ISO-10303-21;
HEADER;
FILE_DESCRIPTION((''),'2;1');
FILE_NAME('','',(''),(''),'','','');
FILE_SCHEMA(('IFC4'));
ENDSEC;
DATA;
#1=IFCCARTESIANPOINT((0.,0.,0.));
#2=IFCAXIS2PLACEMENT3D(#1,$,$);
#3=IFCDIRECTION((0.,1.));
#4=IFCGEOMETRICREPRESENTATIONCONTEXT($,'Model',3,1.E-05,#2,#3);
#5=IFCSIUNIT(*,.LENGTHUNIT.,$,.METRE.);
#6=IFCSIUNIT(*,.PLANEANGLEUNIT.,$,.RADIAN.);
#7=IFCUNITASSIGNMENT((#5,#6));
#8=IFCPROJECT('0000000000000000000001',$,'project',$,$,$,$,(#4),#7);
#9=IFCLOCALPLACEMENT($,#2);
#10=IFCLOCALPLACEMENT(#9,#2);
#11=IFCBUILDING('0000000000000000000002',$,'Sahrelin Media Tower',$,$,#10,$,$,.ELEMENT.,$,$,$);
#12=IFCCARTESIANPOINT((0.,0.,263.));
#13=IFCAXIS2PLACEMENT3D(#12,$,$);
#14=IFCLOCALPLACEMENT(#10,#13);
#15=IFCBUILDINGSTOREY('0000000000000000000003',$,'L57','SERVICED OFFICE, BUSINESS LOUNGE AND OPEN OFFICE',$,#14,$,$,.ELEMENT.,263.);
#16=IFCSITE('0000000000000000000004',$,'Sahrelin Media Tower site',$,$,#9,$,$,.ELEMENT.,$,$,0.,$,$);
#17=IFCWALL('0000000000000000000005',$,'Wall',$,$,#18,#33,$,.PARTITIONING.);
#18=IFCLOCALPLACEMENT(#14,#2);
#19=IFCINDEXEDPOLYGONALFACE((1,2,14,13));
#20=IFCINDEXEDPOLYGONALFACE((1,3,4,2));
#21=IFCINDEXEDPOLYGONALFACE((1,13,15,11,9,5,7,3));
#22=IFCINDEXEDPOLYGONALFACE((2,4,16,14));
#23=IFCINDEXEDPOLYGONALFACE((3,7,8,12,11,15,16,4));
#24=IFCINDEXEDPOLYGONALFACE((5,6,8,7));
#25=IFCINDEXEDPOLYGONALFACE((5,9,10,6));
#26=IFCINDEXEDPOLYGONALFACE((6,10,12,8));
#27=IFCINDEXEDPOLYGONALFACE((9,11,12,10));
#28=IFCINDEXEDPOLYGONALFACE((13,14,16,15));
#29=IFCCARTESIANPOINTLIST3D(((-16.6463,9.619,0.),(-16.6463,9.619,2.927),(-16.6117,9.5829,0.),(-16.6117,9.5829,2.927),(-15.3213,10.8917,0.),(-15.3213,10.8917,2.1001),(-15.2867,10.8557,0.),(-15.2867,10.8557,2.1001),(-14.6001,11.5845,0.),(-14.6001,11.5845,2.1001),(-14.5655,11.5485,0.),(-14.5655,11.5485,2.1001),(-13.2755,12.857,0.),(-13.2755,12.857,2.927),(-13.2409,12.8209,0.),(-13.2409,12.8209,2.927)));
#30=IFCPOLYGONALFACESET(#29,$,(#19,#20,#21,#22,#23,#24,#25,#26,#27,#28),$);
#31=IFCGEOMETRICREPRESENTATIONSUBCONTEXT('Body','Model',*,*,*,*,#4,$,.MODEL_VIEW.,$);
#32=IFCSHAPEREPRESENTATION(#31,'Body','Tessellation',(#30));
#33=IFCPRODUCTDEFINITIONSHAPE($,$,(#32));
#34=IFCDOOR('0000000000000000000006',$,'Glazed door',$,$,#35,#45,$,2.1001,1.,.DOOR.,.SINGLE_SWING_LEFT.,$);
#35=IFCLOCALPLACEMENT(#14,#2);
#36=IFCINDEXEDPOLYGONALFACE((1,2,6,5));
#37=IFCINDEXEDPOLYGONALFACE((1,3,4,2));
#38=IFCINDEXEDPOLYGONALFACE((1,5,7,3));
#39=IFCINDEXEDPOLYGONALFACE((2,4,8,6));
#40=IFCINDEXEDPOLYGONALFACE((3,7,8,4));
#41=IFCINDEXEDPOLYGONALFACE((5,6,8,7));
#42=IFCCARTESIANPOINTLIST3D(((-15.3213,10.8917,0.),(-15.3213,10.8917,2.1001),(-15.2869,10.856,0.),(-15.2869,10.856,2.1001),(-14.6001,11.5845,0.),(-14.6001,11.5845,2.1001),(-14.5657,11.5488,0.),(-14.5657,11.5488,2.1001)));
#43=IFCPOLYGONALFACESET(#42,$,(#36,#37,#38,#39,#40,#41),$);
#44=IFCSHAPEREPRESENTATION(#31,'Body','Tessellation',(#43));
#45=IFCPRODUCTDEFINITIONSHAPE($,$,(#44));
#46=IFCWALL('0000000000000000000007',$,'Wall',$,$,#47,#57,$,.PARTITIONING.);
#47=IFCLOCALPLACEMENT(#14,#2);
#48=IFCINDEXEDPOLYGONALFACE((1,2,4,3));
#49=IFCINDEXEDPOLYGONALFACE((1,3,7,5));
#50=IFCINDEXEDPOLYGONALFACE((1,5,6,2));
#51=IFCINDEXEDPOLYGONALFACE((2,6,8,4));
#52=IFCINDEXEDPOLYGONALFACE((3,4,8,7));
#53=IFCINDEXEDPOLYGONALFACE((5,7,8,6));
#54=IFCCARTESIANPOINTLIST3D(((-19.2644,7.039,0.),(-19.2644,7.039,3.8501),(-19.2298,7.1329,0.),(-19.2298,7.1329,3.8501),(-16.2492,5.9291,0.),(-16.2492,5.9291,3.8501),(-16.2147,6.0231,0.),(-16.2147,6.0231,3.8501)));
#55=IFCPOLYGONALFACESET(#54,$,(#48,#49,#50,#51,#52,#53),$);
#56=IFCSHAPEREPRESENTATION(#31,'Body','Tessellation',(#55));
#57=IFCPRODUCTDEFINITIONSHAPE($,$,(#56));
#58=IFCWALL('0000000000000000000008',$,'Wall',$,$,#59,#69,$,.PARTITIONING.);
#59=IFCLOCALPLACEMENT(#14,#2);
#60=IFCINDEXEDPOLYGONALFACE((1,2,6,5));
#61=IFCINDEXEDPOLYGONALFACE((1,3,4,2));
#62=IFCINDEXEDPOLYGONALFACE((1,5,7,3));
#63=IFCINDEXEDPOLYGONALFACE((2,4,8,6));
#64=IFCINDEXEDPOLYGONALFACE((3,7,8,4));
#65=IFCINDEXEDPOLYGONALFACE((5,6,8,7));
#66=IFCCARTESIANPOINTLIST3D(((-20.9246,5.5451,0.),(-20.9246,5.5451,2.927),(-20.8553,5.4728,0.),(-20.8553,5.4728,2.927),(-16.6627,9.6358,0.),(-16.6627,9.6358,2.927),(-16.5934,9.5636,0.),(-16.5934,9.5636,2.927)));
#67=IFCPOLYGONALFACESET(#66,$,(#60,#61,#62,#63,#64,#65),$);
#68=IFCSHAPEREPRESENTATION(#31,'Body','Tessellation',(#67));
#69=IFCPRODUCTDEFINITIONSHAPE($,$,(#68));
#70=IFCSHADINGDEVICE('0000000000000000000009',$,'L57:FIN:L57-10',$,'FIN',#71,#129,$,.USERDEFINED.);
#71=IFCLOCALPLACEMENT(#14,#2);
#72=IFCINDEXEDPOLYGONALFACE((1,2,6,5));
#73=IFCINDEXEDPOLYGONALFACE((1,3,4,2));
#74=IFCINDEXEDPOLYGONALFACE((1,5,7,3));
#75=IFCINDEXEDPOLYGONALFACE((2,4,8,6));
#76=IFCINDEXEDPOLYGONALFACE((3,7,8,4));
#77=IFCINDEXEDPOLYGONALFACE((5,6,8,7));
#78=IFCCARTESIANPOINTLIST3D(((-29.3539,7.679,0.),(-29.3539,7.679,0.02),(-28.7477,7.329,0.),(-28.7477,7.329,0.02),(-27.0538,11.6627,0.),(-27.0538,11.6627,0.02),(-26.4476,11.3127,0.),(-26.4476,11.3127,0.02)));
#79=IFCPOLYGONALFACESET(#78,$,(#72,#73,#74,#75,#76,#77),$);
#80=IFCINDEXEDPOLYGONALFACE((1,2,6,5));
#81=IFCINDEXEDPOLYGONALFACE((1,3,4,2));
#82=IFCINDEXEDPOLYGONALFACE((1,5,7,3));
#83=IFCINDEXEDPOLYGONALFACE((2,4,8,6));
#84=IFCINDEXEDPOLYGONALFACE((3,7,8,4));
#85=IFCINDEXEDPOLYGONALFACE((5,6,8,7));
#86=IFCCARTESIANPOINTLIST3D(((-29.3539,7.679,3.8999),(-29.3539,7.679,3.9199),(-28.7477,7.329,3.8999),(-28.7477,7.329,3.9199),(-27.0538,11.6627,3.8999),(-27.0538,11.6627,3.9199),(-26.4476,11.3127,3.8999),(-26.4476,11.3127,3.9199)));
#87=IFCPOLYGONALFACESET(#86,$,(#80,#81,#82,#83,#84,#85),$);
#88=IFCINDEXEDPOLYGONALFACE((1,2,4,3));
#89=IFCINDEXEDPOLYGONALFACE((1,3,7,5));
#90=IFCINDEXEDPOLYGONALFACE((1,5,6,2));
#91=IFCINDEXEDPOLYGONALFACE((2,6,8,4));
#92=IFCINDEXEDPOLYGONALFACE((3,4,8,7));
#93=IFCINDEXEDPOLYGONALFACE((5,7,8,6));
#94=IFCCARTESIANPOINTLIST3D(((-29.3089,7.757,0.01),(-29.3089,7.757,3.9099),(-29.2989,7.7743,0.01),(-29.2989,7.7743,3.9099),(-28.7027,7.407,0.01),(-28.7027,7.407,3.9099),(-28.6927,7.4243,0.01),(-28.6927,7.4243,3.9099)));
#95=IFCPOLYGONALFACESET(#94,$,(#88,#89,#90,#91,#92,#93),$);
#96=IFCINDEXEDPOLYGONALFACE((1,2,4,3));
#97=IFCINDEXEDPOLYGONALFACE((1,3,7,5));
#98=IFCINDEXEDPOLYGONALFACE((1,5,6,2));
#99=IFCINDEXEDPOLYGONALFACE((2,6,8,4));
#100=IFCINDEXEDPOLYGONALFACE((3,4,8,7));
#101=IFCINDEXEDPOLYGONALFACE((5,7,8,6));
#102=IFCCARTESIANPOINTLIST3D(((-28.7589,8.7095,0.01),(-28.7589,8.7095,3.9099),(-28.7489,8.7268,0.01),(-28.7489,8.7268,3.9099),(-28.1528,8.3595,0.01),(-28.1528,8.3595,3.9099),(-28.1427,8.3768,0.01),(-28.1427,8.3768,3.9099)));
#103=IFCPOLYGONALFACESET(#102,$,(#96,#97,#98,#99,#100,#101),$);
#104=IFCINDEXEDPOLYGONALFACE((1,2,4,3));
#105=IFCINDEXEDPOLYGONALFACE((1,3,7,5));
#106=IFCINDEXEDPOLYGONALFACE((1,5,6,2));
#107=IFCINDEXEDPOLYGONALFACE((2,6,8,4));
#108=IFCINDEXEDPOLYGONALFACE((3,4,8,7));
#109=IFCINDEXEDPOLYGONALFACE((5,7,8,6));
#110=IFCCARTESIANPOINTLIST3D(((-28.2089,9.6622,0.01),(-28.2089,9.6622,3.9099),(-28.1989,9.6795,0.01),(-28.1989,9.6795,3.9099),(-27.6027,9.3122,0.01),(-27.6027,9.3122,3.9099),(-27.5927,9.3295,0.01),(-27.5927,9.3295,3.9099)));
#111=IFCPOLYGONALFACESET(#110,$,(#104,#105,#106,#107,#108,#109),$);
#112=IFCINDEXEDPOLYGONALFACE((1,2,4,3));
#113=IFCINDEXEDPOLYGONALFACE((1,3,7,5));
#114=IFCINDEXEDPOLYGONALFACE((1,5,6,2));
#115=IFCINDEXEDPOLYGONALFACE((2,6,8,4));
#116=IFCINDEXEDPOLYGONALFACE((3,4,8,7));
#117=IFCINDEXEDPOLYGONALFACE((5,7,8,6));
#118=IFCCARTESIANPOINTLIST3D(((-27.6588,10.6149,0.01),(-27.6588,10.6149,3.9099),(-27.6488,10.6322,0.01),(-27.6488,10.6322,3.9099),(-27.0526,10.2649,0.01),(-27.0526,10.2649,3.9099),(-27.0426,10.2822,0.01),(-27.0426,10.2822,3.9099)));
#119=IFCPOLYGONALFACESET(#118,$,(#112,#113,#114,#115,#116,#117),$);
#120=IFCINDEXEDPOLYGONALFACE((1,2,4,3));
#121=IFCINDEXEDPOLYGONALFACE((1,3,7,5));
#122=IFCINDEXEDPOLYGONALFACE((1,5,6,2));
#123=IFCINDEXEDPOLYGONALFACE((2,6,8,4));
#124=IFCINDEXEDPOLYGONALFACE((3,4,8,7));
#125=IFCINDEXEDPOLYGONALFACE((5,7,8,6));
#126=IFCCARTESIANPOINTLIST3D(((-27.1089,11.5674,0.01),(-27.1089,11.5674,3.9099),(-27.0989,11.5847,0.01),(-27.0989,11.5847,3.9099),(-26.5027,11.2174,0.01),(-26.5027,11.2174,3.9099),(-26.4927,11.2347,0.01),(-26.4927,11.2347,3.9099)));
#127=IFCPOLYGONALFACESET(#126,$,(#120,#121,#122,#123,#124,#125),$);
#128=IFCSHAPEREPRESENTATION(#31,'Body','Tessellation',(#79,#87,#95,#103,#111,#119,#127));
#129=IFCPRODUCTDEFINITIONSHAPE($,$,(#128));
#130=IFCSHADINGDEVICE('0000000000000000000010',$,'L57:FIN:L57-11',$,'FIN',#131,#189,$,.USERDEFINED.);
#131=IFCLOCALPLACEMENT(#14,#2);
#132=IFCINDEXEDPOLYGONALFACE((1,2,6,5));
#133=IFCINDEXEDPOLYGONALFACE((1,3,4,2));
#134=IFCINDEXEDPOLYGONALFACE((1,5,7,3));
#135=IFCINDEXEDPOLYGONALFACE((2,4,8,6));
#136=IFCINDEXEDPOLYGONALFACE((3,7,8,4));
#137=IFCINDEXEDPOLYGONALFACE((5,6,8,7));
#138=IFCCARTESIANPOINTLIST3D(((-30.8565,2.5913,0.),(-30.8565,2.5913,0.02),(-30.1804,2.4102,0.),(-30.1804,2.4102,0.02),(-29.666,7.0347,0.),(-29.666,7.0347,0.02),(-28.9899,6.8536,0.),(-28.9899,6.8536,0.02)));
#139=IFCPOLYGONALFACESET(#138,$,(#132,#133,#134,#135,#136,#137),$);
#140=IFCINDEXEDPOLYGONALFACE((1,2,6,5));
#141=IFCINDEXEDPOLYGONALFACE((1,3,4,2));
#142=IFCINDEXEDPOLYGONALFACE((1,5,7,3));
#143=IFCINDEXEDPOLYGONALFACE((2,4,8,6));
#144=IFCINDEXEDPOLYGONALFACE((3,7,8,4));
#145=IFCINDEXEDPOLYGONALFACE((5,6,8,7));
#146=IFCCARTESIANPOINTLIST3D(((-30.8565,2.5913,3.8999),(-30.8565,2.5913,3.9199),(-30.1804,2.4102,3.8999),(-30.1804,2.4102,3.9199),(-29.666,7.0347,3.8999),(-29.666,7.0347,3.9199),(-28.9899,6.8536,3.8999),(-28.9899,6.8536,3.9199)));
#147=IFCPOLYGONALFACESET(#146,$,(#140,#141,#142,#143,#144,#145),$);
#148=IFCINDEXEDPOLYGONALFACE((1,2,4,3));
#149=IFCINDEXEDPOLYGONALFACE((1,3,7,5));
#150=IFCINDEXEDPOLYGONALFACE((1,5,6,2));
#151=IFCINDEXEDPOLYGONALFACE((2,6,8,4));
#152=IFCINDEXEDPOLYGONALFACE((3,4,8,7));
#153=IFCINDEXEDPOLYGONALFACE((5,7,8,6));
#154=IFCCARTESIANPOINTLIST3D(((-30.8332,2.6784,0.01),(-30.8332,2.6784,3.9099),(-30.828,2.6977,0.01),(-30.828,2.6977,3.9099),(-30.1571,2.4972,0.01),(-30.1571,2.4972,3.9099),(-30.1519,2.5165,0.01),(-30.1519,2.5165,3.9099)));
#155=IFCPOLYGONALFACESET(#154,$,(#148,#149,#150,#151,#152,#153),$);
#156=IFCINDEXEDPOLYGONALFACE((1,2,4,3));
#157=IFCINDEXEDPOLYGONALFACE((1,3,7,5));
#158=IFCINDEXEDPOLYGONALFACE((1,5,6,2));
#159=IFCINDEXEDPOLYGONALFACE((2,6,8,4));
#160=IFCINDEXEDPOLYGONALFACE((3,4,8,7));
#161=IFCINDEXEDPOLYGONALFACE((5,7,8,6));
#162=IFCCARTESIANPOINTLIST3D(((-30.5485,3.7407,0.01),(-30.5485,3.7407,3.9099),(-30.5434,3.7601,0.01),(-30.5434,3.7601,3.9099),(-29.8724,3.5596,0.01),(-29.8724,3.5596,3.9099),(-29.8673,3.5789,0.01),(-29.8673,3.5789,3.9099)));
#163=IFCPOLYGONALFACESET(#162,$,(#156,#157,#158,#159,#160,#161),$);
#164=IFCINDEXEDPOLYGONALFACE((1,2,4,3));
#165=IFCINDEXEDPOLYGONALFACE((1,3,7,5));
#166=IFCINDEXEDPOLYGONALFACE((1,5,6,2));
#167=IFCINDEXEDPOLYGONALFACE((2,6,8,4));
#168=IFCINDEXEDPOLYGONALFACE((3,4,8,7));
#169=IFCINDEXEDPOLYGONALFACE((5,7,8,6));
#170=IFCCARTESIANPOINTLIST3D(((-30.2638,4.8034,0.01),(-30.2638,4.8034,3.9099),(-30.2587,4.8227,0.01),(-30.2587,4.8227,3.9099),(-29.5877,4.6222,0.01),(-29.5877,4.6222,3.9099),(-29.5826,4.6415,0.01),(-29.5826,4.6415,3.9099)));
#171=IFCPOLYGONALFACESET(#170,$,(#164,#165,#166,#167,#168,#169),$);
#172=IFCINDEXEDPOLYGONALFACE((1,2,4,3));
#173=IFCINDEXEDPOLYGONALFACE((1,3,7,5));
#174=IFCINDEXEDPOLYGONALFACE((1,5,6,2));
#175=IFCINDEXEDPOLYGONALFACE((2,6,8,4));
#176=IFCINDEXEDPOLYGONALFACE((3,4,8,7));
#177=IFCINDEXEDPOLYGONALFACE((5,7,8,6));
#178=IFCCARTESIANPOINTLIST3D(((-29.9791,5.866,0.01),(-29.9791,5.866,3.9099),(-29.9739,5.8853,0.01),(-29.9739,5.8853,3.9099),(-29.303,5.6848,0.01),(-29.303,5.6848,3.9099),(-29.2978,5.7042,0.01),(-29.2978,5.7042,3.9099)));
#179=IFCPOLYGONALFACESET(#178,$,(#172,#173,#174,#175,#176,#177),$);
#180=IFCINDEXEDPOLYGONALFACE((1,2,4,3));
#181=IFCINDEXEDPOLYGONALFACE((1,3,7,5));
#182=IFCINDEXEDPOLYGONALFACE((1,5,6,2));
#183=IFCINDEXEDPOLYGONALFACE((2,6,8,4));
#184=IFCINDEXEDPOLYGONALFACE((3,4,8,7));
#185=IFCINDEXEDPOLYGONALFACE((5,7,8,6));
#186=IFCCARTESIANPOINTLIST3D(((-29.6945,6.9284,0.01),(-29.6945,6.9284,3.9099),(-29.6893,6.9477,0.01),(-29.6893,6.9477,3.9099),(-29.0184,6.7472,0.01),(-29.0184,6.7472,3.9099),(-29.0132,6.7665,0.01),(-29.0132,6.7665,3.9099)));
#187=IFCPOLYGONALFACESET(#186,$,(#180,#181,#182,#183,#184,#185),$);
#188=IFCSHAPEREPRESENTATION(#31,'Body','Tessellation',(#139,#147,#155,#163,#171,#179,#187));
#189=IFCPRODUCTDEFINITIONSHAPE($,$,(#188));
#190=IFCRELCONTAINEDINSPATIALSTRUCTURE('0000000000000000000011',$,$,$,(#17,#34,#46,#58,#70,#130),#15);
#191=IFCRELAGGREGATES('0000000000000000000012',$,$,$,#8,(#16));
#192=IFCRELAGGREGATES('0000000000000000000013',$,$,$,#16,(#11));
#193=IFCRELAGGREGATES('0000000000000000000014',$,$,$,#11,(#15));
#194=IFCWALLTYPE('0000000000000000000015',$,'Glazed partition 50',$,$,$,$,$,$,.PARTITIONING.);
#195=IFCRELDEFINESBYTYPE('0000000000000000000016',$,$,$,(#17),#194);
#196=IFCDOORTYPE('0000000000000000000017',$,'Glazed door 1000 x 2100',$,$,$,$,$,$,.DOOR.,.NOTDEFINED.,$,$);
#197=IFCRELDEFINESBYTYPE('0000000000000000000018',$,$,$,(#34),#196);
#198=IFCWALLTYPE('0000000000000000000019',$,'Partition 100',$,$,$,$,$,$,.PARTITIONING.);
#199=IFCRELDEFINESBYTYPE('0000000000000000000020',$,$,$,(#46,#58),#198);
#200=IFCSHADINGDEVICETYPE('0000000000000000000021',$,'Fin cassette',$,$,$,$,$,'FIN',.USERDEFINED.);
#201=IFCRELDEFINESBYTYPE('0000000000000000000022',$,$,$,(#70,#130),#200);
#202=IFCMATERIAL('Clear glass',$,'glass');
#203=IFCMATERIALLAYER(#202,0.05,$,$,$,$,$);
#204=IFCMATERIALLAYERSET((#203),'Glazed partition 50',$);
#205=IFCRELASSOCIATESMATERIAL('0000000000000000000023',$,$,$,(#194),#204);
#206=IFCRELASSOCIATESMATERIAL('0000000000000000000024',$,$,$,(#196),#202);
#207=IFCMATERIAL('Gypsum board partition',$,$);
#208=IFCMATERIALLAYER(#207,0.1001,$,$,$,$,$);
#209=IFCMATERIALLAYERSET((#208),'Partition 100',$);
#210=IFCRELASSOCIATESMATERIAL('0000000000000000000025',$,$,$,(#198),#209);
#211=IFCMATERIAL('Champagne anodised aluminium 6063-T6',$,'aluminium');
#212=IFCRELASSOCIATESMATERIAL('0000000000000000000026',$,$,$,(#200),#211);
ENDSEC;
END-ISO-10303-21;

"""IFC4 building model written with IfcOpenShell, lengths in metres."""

from ifc_helpers import new_model, si_unit, direction, frame, frame_2d, origin, origin_2d, place, context, subcontext, project, spatial, rectangle, extrude, material, layer, layer_set, type_object, element, fill, save


model = new_model("IFC4")

# Units and contexts
model_context = context("Model", 3, precision=1e-05, world=origin(), true_north=direction((0.0, 1.0)))
body_context = subcontext(model_context, "Body", "Model", "MODEL_VIEW")
ifc_project = project(units=[si_unit("LENGTHUNIT", "METRE"), si_unit("PLANEANGLEUNIT", "RADIAN")], contexts=[model_context])

# Site, building, storey
site_placement = place(None, origin())
site = spatial("IfcSite", under=ifc_project, at=site_placement, Name="Sahrelin Media Tower site", CompositionType="ELEMENT", RefElevation=0.0)
building_placement = place(site_placement, origin())
building = spatial("IfcBuilding", under=site, at=building_placement, Name="Sahrelin Media Tower", CompositionType="ELEMENT")
storey_placement = place(building_placement, frame((0.0, 0.0, 263.0)))
storey = spatial("IfcBuildingStorey", under=building, at=storey_placement, Name="L57", Description="SERVICED OFFICE, BUSINESS LOUNGE AND OPEN OFFICE", CompositionType="ELEMENT", Elevation=263.0)

# Shared definitions
ifc_material_1 = material(Name="Champagne anodised aluminium 6063-T6", Category="aluminium")

# Wall, opening, door
ifc_material_2 = material(Name="Clear glass", Category="glass")
ifc_layer_1 = layer(ifc_material_2, 0.05)
ifc_layer_set_1 = layer_set([ifc_layer_1], Name="Glazed partition 50")
wall_type_1 = type_object("IfcWallType", Name="Glazed partition 50", PredefinedType="PARTITIONING", material=ifc_layer_set_1)
wall_1_placement = place(storey_placement, frame((-16.6289, 9.6011, 0.0), z_axis=(0.0, 0.0, 1.0), x_axis=(0.721171, 0.692757, 0.0)))
wall_1 = element("IfcWall", 1, at=wall_1_placement, inside=storey, type_object=wall_type_1, Name="Wall", PredefinedType="PARTITIONING", context=body_context, shape_type="SweptSolid", body=[
    extrude(rectangle(XDim=4.6741, YDim=0.05, at=frame_2d((2.3369, 0.0))), origin(), (0.0, 0.0, 1.0), 2.927),
])
opening_1_placement = place(wall_1_placement, frame((1.8372, 0.0, 0.0)))
opening_1 = element("IfcOpeningElement", 2, at=opening_1_placement, cuts=wall_1, PredefinedType="OPENING", context=body_context, shape_type="SweptSolid", body=[
    extrude(rectangle(XDim=1.0, YDim=2.1001, at=frame_2d((0.5, 1.05))), frame((0.0, 0.0249, 0.0), z_axis=(0.0, -1.0, 0.0), x_axis=(1.0, 0.0, 0.0)), (0.0, 0.0, 1.0), 0.05),
])
door_type_1 = type_object("IfcDoorType", Name="Glazed door 1000 x 2100", OperationType="NOTDEFINED", PredefinedType="DOOR", material=ifc_material_2)
door_1_placement = place(opening_1_placement, origin())
door_1 = element("IfcDoor", 3, at=door_1_placement, inside=storey, type_object=door_type_1, Name="Glazed door", OperationType="SINGLE_SWING_LEFT", OverallHeight=2.1001, OverallWidth=1.0, PredefinedType="DOOR", context=body_context, shape_type="SweptSolid", body=[
    extrude(rectangle(XDim=1.0, YDim=2.1001, at=frame_2d((0.5, 1.05))), frame((0.0, 0.0249, 0.0), z_axis=(0.0, -1.0, 0.0), x_axis=(1.0, 0.0, 0.0)), (0.0, 0.0, 1.0), 0.0496),
])
fill(opening_1, door_1)

# Walls
ifc_material_3 = material(Name="Gypsum board partition")
ifc_layer_2 = layer(ifc_material_3, 0.1001)
ifc_layer_set_2 = layer_set([ifc_layer_2], Name="Partition 100")
wall_type_2 = type_object("IfcWallType", Name="Partition 100", PredefinedType="PARTITIONING", material=ifc_layer_set_2)
wall_2_placement = place(storey_placement, frame((-19.2471, 7.0859, 0.0), z_axis=(0.0, 0.0, 1.0), x_axis=(0.938442, -0.345438, 0.0)))
element("IfcWall", 4, at=wall_2_placement, inside=storey, type_object=wall_type_2, Name="Wall", PredefinedType="PARTITIONING", context=body_context, shape_type="SweptSolid", body=[
    extrude(rectangle(XDim=3.2129, YDim=0.1001, at=frame_2d((1.6064, 0.0))), origin(), (0.0, 0.0, 1.0), 3.8501),
])
wall_3_placement = place(storey_placement, frame((-20.8899, 5.509, 0.0), z_axis=(0.0, 0.0, 1.0), x_axis=(0.721443, 0.692473, 0.0)))
element("IfcWall", 5, at=wall_3_placement, inside=storey, type_object=wall_type_2, Name="Wall", PredefinedType="PARTITIONING", context=body_context, shape_type="SweptSolid", body=[
    extrude(rectangle(XDim=5.9075, YDim=0.1001, at=frame_2d((2.9536, 0.0))), origin(), (0.0, 0.0, 1.0), 2.927),
])

# Shading devices
shading_device_type_1 = type_object("IfcShadingDeviceType", Name="Fin cassette", ElementType="FIN", PredefinedType="USERDEFINED", material=ifc_material_1)
placement_1 = place(storey_placement, frame((-27.5371, 9.2859, 0.0), z_axis=(0.0, 0.0, 1.0), x_axis=(0.500011, 0.866019, 0.0)))
element("IfcShadingDevice", 6, at=placement_1, inside=storey, type_object=shading_device_type_1, Name="L57:FIN:L57-10", ObjectType="FIN", PredefinedType="USERDEFINED", context=body_context, shape_type="SweptSolid", body=[
    extrude(rectangle(XDim=4.6001, YDim=0.7, at=origin_2d()), frame((0.0, 0.4199, 0.0)), (0.0, 0.0, 1.0), 0.02),
    extrude(rectangle(XDim=4.6001, YDim=0.7, at=origin_2d()), frame((0.0, 0.4199, 3.8999)), (0.0, 0.0, 1.0), 0.02),
    extrude(rectangle(XDim=0.02, YDim=0.7, at=origin_2d()), frame((-2.2, 0.4199, 0.01), z_axis=(0.0, 0.0, 1.0), x_axis=(1.0, 0.0, 0.0)), (0.0, 0.0, 1.0), 3.8999),
    extrude(rectangle(XDim=0.02, YDim=0.7, at=origin_2d()), frame((-1.1001, 0.4199, 0.01), z_axis=(0.0, 0.0, 1.0), x_axis=(1.0, 0.0, 0.0)), (0.0, 0.0, 1.0), 3.8999),
    extrude(rectangle(XDim=0.02, YDim=0.7, at=origin_2d()), frame((0.0, 0.4199, 0.01), z_axis=(0.0, 0.0, 1.0), x_axis=(1.0, 0.0, 0.0)), (0.0, 0.0, 1.0), 3.8999),
    extrude(rectangle(XDim=0.02, YDim=0.7, at=origin_2d()), frame((1.1001, 0.4199, 0.01), z_axis=(0.0, 0.0, 1.0), x_axis=(1.0, 0.0, 0.0)), (0.0, 0.0, 1.0), 3.8999),
    extrude(rectangle(XDim=0.02, YDim=0.7, at=origin_2d()), frame((2.2, 0.4199, 0.01), z_axis=(0.0, 0.0, 1.0), x_axis=(1.0, 0.0, 0.0)), (0.0, 0.0, 1.0), 3.8999),
])
placement_2 = place(storey_placement, frame((-29.5176, 4.6138, 0.0), z_axis=(0.0, 0.0, 1.0), x_axis=(0.258808, 0.965929, 0.0)))
element("IfcShadingDevice", 7, at=placement_2, inside=storey, type_object=shading_device_type_1, Name="L57:FIN:L57-11", ObjectType="FIN", PredefinedType="USERDEFINED", context=body_context, shape_type="SweptSolid", body=[
    extrude(rectangle(XDim=4.6001, YDim=0.7, at=origin_2d()), frame((0.0, 0.4199, 0.0)), (0.0, 0.0, 1.0), 0.02),
    extrude(rectangle(XDim=4.6001, YDim=0.7, at=origin_2d()), frame((0.0, 0.4199, 3.8999)), (0.0, 0.0, 1.0), 0.02),
    extrude(rectangle(XDim=0.02, YDim=0.7, at=origin_2d()), frame((-2.2, 0.4199, 0.01), z_axis=(0.0, 0.0, 1.0), x_axis=(1.0, 0.0, 0.0)), (0.0, 0.0, 1.0), 3.8999),
    extrude(rectangle(XDim=0.02, YDim=0.7, at=origin_2d()), frame((-1.1001, 0.4199, 0.01), z_axis=(0.0, 0.0, 1.0), x_axis=(1.0, 0.0, 0.0)), (0.0, 0.0, 1.0), 3.8999),
    extrude(rectangle(XDim=0.02, YDim=0.7, at=origin_2d()), frame((0.0, 0.4199, 0.01), z_axis=(0.0, 0.0, 1.0), x_axis=(1.0, 0.0, 0.0)), (0.0, 0.0, 1.0), 3.8999),
    extrude(rectangle(XDim=0.02, YDim=0.7, at=origin_2d()), frame((1.1001, 0.4199, 0.01), z_axis=(0.0, 0.0, 1.0), x_axis=(1.0, 0.0, 0.0)), (0.0, 0.0, 1.0), 3.8999),
    extrude(rectangle(XDim=0.02, YDim=0.7, at=origin_2d()), frame((2.2, 0.4199, 0.01), z_axis=(0.0, 0.0, 1.0), x_axis=(1.0, 0.0, 0.0)), (0.0, 0.0, 1.0), 3.8999),
])

save(model, "model.ifc")
